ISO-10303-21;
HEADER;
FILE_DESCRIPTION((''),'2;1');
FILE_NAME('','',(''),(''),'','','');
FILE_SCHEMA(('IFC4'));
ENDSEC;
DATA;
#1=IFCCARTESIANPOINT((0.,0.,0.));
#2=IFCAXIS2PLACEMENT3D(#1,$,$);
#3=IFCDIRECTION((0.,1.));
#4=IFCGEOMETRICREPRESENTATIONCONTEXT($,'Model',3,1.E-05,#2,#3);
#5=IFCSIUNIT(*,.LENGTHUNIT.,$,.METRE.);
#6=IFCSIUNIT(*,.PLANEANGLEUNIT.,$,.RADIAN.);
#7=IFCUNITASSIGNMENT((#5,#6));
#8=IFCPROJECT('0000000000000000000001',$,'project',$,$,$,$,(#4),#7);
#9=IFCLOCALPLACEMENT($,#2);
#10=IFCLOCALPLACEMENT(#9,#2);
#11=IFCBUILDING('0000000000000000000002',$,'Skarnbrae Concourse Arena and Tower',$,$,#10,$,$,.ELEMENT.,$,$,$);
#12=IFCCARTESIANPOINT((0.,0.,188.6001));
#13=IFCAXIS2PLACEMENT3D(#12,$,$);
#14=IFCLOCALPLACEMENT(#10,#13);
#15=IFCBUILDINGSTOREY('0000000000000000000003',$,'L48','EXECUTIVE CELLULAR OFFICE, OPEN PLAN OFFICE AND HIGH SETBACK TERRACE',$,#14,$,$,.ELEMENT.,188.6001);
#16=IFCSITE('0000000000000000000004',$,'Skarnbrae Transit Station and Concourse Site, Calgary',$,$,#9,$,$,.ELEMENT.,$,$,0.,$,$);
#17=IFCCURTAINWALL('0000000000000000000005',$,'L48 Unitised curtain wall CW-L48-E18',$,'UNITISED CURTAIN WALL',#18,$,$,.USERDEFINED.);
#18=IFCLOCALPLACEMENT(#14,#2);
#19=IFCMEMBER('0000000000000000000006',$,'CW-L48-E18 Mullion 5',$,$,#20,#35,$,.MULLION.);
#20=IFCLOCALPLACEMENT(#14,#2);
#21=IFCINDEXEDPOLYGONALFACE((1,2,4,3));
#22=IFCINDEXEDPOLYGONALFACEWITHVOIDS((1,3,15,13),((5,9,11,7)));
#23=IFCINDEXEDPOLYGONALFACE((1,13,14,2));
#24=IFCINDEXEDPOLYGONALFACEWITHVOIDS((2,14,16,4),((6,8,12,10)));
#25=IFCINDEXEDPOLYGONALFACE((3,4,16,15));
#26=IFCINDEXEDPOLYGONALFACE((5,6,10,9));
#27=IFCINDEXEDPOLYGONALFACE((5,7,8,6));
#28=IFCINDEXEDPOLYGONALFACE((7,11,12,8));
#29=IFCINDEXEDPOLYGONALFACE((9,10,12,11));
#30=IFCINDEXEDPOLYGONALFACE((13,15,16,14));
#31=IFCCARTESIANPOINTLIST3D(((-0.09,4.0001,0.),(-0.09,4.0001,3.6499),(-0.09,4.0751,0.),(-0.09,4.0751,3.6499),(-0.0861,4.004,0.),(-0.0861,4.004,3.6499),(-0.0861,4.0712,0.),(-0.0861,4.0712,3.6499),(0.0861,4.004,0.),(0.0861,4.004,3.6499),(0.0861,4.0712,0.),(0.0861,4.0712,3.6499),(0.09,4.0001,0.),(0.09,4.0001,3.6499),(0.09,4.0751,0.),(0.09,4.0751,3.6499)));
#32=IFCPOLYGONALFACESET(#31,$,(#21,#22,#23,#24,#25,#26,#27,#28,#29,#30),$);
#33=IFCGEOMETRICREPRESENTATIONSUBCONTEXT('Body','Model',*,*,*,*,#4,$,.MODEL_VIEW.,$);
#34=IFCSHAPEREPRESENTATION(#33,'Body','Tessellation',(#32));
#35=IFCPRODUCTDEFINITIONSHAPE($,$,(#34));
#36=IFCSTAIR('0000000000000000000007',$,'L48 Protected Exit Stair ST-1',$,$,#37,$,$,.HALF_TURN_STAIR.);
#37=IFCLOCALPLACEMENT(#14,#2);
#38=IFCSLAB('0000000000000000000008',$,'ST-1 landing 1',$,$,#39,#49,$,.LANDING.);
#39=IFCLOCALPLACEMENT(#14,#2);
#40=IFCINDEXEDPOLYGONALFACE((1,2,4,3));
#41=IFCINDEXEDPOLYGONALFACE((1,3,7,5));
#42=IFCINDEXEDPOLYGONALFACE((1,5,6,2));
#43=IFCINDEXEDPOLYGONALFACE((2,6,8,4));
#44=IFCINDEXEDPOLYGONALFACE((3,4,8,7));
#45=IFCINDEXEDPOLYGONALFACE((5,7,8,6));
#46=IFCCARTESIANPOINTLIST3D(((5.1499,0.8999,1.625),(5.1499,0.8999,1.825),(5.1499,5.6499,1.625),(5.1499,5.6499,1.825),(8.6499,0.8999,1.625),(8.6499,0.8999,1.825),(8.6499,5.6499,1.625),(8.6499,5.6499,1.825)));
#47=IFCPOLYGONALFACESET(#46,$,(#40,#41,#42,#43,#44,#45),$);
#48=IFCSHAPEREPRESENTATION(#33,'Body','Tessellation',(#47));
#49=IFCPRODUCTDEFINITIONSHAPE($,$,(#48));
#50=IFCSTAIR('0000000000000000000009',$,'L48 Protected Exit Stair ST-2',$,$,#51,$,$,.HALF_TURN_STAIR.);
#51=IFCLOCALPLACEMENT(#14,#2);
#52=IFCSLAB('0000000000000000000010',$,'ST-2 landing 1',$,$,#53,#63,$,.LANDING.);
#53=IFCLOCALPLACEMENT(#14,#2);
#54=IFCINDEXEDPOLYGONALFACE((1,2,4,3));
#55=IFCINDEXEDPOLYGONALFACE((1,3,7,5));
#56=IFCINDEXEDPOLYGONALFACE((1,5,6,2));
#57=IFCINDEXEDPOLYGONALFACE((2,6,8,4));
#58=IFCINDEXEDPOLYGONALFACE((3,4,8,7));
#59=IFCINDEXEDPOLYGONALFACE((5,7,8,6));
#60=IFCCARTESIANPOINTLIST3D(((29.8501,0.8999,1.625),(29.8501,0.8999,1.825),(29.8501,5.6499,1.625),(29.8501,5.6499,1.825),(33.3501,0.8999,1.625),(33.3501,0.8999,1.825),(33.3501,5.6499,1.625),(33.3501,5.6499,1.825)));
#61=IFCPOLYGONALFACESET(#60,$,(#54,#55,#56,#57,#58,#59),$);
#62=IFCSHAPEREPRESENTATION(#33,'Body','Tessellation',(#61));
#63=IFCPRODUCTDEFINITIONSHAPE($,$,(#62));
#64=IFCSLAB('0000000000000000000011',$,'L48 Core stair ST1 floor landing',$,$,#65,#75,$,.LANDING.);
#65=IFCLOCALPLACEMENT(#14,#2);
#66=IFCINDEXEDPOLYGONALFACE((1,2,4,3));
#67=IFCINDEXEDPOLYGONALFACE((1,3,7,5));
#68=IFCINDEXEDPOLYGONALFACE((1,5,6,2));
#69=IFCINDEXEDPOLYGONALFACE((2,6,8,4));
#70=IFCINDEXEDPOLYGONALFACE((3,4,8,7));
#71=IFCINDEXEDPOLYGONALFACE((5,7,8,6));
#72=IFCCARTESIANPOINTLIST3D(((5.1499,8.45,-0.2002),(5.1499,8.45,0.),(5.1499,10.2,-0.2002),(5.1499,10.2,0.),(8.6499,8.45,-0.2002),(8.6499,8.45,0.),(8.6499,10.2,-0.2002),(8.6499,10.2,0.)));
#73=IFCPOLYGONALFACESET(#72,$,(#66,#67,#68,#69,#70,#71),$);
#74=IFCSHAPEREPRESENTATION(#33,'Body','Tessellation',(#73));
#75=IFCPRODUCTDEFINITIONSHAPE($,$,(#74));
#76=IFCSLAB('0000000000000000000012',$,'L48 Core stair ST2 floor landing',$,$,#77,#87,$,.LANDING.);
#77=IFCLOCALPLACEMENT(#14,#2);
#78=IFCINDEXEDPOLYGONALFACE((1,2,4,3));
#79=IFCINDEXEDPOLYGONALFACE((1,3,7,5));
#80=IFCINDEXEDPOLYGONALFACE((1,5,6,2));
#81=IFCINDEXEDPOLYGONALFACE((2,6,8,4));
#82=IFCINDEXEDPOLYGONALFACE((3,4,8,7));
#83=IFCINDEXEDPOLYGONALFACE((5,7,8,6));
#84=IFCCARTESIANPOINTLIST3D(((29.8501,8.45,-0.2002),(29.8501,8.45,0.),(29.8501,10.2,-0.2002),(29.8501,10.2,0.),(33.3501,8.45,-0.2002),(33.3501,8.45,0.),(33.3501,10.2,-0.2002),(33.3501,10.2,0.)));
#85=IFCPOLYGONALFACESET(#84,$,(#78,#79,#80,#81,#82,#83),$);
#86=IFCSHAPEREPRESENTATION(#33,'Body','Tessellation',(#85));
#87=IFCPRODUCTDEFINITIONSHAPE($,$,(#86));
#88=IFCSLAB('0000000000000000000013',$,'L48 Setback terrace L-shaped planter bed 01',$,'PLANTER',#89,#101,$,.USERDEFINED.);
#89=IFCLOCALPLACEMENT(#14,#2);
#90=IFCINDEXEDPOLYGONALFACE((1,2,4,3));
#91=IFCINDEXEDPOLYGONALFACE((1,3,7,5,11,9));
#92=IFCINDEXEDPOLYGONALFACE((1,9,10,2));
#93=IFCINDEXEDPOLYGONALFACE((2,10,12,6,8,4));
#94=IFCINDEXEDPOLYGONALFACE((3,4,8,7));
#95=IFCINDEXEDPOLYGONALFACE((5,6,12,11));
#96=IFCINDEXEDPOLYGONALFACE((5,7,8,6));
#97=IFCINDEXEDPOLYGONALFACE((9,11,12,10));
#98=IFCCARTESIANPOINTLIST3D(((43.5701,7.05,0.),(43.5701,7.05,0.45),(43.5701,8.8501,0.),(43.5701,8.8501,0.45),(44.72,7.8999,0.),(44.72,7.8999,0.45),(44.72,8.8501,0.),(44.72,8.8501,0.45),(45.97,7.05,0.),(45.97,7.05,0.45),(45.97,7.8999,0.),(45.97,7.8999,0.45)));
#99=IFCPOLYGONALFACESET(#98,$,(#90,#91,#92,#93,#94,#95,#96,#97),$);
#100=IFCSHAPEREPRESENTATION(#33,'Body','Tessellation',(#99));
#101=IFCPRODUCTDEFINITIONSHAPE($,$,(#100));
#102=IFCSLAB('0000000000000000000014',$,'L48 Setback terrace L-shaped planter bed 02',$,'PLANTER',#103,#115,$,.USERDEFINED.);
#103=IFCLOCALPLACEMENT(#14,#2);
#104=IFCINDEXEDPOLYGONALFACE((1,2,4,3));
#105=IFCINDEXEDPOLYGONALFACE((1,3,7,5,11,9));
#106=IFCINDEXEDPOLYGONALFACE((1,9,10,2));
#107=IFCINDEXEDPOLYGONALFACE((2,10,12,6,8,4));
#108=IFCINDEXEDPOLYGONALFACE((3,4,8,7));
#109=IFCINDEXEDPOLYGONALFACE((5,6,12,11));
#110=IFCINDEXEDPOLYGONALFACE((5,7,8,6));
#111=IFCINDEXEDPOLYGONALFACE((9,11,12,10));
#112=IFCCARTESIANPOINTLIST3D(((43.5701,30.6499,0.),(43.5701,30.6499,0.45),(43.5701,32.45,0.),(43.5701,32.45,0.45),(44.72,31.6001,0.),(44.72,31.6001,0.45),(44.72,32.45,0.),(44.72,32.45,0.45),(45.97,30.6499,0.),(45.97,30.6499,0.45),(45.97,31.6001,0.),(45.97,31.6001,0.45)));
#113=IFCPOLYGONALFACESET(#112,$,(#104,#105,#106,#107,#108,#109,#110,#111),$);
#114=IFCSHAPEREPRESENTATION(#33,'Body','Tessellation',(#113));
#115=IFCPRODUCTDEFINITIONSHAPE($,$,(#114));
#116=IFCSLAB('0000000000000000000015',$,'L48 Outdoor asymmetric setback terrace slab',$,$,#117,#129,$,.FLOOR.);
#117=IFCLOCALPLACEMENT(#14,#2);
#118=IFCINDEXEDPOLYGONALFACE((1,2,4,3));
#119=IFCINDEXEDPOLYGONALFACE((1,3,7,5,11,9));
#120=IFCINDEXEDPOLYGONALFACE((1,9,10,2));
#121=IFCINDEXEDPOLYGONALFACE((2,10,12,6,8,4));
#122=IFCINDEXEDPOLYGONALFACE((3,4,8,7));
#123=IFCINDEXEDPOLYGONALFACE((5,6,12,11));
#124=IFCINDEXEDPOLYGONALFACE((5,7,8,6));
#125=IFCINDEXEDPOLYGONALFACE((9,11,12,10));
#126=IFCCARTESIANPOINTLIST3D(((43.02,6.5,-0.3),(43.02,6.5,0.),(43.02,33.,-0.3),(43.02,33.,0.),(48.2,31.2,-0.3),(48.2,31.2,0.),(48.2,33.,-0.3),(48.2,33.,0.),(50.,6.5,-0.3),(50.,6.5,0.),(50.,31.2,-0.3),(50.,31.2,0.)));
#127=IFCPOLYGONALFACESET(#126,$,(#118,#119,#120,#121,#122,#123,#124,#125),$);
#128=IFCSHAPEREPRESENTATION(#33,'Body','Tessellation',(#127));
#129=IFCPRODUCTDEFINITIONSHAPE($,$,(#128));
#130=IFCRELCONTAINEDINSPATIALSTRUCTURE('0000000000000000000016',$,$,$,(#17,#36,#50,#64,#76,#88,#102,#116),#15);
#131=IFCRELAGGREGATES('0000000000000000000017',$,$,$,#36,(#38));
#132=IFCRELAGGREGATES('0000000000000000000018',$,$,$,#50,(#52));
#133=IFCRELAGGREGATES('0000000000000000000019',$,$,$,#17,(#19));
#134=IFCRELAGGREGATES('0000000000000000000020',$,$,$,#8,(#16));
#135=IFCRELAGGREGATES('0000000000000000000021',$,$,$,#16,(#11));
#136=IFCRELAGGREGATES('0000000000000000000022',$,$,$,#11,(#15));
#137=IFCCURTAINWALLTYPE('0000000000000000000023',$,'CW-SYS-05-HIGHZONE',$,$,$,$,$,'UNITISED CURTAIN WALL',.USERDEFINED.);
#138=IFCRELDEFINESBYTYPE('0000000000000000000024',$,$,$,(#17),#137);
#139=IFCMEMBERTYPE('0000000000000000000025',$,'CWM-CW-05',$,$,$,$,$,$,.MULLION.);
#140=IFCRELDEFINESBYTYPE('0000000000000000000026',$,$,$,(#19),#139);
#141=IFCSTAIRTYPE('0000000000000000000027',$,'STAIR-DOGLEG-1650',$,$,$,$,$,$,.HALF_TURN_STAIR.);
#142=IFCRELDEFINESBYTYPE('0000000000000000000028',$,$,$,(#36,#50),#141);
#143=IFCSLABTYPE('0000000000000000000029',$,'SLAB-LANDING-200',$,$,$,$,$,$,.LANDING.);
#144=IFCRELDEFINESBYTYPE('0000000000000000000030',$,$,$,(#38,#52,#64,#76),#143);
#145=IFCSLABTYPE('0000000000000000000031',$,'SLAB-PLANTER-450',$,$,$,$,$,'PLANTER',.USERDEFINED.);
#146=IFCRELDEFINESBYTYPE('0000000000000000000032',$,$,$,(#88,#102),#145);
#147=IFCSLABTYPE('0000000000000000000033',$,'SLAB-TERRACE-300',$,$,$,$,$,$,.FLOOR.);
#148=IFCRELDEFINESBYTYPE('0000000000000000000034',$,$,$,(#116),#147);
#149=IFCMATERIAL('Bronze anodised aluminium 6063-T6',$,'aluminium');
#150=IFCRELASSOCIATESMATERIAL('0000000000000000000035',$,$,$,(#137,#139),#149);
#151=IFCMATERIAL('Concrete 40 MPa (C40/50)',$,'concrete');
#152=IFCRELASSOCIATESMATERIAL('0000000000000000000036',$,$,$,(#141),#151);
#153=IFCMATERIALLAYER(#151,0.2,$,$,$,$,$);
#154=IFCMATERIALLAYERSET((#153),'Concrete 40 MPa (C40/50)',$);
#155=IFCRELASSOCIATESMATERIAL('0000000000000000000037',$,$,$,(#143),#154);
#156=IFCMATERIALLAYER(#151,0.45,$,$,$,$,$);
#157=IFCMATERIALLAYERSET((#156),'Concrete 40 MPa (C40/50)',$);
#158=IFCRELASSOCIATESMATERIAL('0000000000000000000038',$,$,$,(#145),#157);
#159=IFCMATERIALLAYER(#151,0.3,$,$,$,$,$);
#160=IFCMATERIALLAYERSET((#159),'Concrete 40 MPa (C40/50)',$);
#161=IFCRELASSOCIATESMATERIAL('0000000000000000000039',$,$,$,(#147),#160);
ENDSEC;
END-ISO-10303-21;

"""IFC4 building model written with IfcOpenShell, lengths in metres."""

from ifc_helpers import new_model, si_unit, direction, frame, origin, origin_2d, place, context, subcontext, project, spatial, polyline, hollow_rectangle, outline, extrude, source, transform, mapped, material, layer, layer_set, material_profile, profile_set, type_object, element, aggregate, save


model = new_model("IFC4")

# Units and contexts
model_context = context("Model", 3, precision=1e-05, world=origin(), true_north=direction((0.0, 1.0)))
body_context = subcontext(model_context, "Body", "Model", "MODEL_VIEW")
ifc_project = project(units=[si_unit("LENGTHUNIT", "METRE"), si_unit("PLANEANGLEUNIT", "RADIAN")], contexts=[model_context])

# Site, building, storey
site_placement = place(None, origin())
site = spatial("IfcSite", under=ifc_project, at=site_placement, Name="Skarnbrae Transit Station and Concourse Site, Calgary", CompositionType="ELEMENT", RefElevation=0.0)
building_placement = place(site_placement, origin())
building = spatial("IfcBuilding", under=site, at=building_placement, Name="Skarnbrae Concourse Arena and Tower", CompositionType="ELEMENT")
storey_placement = place(building_placement, frame((0.0, 0.0, 188.6001)))
storey = spatial("IfcBuildingStorey", under=building, at=storey_placement, Name="L48", Description="EXECUTIVE CELLULAR OFFICE, OPEN PLAN OFFICE AND HIGH SETBACK TERRACE", CompositionType="ELEMENT", Elevation=188.6001)

# Curtain wall, member
ifc_material_1 = material(Name="Bronze anodised aluminium 6063-T6", Category="aluminium")
curtain_wall_type = type_object("IfcCurtainWallType", Name="CW-SYS-05-HIGHZONE", ElementType="UNITISED CURTAIN WALL", PredefinedType="USERDEFINED", material=ifc_material_1)
curtain_wall_placement = place(storey_placement, origin())
curtain_wall = element("IfcCurtainWall", 1, at=curtain_wall_placement, inside=storey, type_object=curtain_wall_type, Name="L48 Unitised curtain wall CW-L48-E18", ObjectType="UNITISED CURTAIN WALL", PredefinedType="USERDEFINED")
ifc_material_profile = material_profile(ifc_material_1, hollow_rectangle(XDim=0.075, YDim=0.1799, WallThickness=0.0039, at=origin_2d()), Name="ALU-MULL-75X180")
ifc_profile_set = profile_set([ifc_material_profile], Name="Bronze anodised aluminium 6063-T6")
member_type = type_object("IfcMemberType", Name="CWM-CW-05", PredefinedType="MULLION", material=ifc_profile_set)
shared_shape_1 = source(origin(), body_context, "Body", "SweptSolid", [
    extrude(hollow_rectangle(XDim=0.075, YDim=0.1799, WallThickness=0.0039, at=origin_2d()), origin(), (0.0, 0.0, 1.0), 3.6499),
])
member_placement = place(storey_placement, frame((0.0, 4.0376, 0.0), z_axis=(0.0, 0.0, 1.0), x_axis=(0.0, -1.0, 0.0)))
member = element("IfcMember", 2, at=member_placement, type_object=member_type, Name="CW-L48-E18 Mullion 5", PredefinedType="MULLION", context=body_context, shape_type="MappedRepresentation", body=[
    mapped(shared_shape_1, transform((0.0, 0.0, 0.0))),
])

# Stairs, slabs
ifc_material_2 = material(Name="Concrete 40 MPa (C40/50)", Category="concrete")
stair_type = type_object("IfcStairType", Name="STAIR-DOGLEG-1650", PredefinedType="HALF_TURN_STAIR", material=ifc_material_2)
stair_1_placement = place(storey_placement, origin())
stair_1 = element("IfcStair", 3, at=stair_1_placement, inside=storey, type_object=stair_type, Name="L48 Protected Exit Stair ST-1", PredefinedType="HALF_TURN_STAIR")
ifc_layer_1 = layer(ifc_material_2, 0.2)
ifc_layer_set_1 = layer_set([ifc_layer_1], Name="Concrete 40 MPa (C40/50)")
slab_type_1 = type_object("IfcSlabType", Name="SLAB-LANDING-200", PredefinedType="LANDING", material=ifc_layer_set_1)
slab_1_placement = place(storey_placement, frame((0.0, 0.0, 1.625)))
slab_1 = element("IfcSlab", 4, at=slab_1_placement, type_object=slab_type_1, Name="ST-1 landing 1", PredefinedType="LANDING", context=body_context, shape_type="SweptSolid", body=[
    extrude(outline(polyline([(5.1499, 5.6499), (5.1499, 0.8999), (8.6499, 0.8999), (8.6499, 5.6499), (5.1499, 5.6499)])), origin(), (0.0, 0.0, 1.0), 0.2),
])
aggregate(stair_1, [slab_1])
stair_2_placement = place(storey_placement, origin())
stair_2 = element("IfcStair", 5, at=stair_2_placement, inside=storey, type_object=stair_type, Name="L48 Protected Exit Stair ST-2", PredefinedType="HALF_TURN_STAIR")
slab_2_placement = place(storey_placement, frame((0.0, 0.0, 1.625)))
slab_2 = element("IfcSlab", 6, at=slab_2_placement, type_object=slab_type_1, Name="ST-2 landing 1", PredefinedType="LANDING", context=body_context, shape_type="SweptSolid", body=[
    extrude(outline(polyline([(29.8501, 5.6499), (29.8501, 0.8999), (33.3501, 0.8999), (33.3501, 5.6499), (29.8501, 5.6499)])), origin(), (0.0, 0.0, 1.0), 0.2),
])
aggregate(stair_2, [slab_2])

# Slabs
slab_3_placement = place(storey_placement, frame((0.0, 0.0, -0.2002)))
element("IfcSlab", 7, at=slab_3_placement, inside=storey, type_object=slab_type_1, Name="L48 Core stair ST1 floor landing", PredefinedType="LANDING", context=body_context, shape_type="SweptSolid", body=[
    extrude(outline(polyline([(5.1499, 10.2), (5.1499, 8.45), (8.6499, 8.45), (8.6499, 10.2), (5.1499, 10.2)])), origin(), (0.0, 0.0, 1.0), 0.2002),
])
slab_4_placement = place(storey_placement, frame((0.0, 0.0, -0.2002)))
element("IfcSlab", 8, at=slab_4_placement, inside=storey, type_object=slab_type_1, Name="L48 Core stair ST2 floor landing", PredefinedType="LANDING", context=body_context, shape_type="SweptSolid", body=[
    extrude(outline(polyline([(29.8501, 10.2), (29.8501, 8.45), (33.3501, 8.45), (33.3501, 10.2), (29.8501, 10.2)])), origin(), (0.0, 0.0, 1.0), 0.2002),
])
ifc_layer_2 = layer(ifc_material_2, 0.45)
ifc_layer_set_2 = layer_set([ifc_layer_2], Name="Concrete 40 MPa (C40/50)")
slab_type_2 = type_object("IfcSlabType", Name="SLAB-PLANTER-450", ElementType="PLANTER", PredefinedType="USERDEFINED", material=ifc_layer_set_2)
slab_5_placement = place(storey_placement, origin())
element("IfcSlab", 9, at=slab_5_placement, inside=storey, type_object=slab_type_2, Name="L48 Setback terrace L-shaped planter bed 01", ObjectType="PLANTER", PredefinedType="USERDEFINED", context=body_context, shape_type="SweptSolid", body=[
    extrude(outline(polyline([(43.5701, 7.05), (45.97, 7.05), (45.97, 7.8999), (44.72, 7.8999), (44.72, 8.8501), (43.5701, 8.8501), (43.5701, 7.05)])), origin(), (0.0, 0.0, 1.0), 0.45),
])
slab_6_placement = place(storey_placement, origin())
element("IfcSlab", 10, at=slab_6_placement, inside=storey, type_object=slab_type_2, Name="L48 Setback terrace L-shaped planter bed 02", ObjectType="PLANTER", PredefinedType="USERDEFINED", context=body_context, shape_type="SweptSolid", body=[
    extrude(outline(polyline([(43.5701, 30.6499), (45.97, 30.6499), (45.97, 31.6001), (44.72, 31.6001), (44.72, 32.45), (43.5701, 32.45), (43.5701, 30.6499)])), origin(), (0.0, 0.0, 1.0), 0.45),
])
ifc_layer_3 = layer(ifc_material_2, 0.3)
ifc_layer_set_3 = layer_set([ifc_layer_3], Name="Concrete 40 MPa (C40/50)")
slab_type_3 = type_object("IfcSlabType", Name="SLAB-TERRACE-300", PredefinedType="FLOOR", material=ifc_layer_set_3)
slab_7_placement = place(storey_placement, frame((0.0, 0.0, -0.3)))
element("IfcSlab", 11, at=slab_7_placement, inside=storey, type_object=slab_type_3, Name="L48 Outdoor asymmetric setback terrace slab", PredefinedType="FLOOR", context=body_context, shape_type="SweptSolid", body=[
    extrude(outline(polyline([(43.02, 6.5), (50.0, 6.5), (50.0, 31.2), (48.2, 31.2), (48.2, 33.0), (43.02, 33.0), (43.02, 6.5)])), origin(), (0.0, 0.0, 1.0), 0.3),
])

aggregate(curtain_wall, [member])

save(model, "model.ifc")
